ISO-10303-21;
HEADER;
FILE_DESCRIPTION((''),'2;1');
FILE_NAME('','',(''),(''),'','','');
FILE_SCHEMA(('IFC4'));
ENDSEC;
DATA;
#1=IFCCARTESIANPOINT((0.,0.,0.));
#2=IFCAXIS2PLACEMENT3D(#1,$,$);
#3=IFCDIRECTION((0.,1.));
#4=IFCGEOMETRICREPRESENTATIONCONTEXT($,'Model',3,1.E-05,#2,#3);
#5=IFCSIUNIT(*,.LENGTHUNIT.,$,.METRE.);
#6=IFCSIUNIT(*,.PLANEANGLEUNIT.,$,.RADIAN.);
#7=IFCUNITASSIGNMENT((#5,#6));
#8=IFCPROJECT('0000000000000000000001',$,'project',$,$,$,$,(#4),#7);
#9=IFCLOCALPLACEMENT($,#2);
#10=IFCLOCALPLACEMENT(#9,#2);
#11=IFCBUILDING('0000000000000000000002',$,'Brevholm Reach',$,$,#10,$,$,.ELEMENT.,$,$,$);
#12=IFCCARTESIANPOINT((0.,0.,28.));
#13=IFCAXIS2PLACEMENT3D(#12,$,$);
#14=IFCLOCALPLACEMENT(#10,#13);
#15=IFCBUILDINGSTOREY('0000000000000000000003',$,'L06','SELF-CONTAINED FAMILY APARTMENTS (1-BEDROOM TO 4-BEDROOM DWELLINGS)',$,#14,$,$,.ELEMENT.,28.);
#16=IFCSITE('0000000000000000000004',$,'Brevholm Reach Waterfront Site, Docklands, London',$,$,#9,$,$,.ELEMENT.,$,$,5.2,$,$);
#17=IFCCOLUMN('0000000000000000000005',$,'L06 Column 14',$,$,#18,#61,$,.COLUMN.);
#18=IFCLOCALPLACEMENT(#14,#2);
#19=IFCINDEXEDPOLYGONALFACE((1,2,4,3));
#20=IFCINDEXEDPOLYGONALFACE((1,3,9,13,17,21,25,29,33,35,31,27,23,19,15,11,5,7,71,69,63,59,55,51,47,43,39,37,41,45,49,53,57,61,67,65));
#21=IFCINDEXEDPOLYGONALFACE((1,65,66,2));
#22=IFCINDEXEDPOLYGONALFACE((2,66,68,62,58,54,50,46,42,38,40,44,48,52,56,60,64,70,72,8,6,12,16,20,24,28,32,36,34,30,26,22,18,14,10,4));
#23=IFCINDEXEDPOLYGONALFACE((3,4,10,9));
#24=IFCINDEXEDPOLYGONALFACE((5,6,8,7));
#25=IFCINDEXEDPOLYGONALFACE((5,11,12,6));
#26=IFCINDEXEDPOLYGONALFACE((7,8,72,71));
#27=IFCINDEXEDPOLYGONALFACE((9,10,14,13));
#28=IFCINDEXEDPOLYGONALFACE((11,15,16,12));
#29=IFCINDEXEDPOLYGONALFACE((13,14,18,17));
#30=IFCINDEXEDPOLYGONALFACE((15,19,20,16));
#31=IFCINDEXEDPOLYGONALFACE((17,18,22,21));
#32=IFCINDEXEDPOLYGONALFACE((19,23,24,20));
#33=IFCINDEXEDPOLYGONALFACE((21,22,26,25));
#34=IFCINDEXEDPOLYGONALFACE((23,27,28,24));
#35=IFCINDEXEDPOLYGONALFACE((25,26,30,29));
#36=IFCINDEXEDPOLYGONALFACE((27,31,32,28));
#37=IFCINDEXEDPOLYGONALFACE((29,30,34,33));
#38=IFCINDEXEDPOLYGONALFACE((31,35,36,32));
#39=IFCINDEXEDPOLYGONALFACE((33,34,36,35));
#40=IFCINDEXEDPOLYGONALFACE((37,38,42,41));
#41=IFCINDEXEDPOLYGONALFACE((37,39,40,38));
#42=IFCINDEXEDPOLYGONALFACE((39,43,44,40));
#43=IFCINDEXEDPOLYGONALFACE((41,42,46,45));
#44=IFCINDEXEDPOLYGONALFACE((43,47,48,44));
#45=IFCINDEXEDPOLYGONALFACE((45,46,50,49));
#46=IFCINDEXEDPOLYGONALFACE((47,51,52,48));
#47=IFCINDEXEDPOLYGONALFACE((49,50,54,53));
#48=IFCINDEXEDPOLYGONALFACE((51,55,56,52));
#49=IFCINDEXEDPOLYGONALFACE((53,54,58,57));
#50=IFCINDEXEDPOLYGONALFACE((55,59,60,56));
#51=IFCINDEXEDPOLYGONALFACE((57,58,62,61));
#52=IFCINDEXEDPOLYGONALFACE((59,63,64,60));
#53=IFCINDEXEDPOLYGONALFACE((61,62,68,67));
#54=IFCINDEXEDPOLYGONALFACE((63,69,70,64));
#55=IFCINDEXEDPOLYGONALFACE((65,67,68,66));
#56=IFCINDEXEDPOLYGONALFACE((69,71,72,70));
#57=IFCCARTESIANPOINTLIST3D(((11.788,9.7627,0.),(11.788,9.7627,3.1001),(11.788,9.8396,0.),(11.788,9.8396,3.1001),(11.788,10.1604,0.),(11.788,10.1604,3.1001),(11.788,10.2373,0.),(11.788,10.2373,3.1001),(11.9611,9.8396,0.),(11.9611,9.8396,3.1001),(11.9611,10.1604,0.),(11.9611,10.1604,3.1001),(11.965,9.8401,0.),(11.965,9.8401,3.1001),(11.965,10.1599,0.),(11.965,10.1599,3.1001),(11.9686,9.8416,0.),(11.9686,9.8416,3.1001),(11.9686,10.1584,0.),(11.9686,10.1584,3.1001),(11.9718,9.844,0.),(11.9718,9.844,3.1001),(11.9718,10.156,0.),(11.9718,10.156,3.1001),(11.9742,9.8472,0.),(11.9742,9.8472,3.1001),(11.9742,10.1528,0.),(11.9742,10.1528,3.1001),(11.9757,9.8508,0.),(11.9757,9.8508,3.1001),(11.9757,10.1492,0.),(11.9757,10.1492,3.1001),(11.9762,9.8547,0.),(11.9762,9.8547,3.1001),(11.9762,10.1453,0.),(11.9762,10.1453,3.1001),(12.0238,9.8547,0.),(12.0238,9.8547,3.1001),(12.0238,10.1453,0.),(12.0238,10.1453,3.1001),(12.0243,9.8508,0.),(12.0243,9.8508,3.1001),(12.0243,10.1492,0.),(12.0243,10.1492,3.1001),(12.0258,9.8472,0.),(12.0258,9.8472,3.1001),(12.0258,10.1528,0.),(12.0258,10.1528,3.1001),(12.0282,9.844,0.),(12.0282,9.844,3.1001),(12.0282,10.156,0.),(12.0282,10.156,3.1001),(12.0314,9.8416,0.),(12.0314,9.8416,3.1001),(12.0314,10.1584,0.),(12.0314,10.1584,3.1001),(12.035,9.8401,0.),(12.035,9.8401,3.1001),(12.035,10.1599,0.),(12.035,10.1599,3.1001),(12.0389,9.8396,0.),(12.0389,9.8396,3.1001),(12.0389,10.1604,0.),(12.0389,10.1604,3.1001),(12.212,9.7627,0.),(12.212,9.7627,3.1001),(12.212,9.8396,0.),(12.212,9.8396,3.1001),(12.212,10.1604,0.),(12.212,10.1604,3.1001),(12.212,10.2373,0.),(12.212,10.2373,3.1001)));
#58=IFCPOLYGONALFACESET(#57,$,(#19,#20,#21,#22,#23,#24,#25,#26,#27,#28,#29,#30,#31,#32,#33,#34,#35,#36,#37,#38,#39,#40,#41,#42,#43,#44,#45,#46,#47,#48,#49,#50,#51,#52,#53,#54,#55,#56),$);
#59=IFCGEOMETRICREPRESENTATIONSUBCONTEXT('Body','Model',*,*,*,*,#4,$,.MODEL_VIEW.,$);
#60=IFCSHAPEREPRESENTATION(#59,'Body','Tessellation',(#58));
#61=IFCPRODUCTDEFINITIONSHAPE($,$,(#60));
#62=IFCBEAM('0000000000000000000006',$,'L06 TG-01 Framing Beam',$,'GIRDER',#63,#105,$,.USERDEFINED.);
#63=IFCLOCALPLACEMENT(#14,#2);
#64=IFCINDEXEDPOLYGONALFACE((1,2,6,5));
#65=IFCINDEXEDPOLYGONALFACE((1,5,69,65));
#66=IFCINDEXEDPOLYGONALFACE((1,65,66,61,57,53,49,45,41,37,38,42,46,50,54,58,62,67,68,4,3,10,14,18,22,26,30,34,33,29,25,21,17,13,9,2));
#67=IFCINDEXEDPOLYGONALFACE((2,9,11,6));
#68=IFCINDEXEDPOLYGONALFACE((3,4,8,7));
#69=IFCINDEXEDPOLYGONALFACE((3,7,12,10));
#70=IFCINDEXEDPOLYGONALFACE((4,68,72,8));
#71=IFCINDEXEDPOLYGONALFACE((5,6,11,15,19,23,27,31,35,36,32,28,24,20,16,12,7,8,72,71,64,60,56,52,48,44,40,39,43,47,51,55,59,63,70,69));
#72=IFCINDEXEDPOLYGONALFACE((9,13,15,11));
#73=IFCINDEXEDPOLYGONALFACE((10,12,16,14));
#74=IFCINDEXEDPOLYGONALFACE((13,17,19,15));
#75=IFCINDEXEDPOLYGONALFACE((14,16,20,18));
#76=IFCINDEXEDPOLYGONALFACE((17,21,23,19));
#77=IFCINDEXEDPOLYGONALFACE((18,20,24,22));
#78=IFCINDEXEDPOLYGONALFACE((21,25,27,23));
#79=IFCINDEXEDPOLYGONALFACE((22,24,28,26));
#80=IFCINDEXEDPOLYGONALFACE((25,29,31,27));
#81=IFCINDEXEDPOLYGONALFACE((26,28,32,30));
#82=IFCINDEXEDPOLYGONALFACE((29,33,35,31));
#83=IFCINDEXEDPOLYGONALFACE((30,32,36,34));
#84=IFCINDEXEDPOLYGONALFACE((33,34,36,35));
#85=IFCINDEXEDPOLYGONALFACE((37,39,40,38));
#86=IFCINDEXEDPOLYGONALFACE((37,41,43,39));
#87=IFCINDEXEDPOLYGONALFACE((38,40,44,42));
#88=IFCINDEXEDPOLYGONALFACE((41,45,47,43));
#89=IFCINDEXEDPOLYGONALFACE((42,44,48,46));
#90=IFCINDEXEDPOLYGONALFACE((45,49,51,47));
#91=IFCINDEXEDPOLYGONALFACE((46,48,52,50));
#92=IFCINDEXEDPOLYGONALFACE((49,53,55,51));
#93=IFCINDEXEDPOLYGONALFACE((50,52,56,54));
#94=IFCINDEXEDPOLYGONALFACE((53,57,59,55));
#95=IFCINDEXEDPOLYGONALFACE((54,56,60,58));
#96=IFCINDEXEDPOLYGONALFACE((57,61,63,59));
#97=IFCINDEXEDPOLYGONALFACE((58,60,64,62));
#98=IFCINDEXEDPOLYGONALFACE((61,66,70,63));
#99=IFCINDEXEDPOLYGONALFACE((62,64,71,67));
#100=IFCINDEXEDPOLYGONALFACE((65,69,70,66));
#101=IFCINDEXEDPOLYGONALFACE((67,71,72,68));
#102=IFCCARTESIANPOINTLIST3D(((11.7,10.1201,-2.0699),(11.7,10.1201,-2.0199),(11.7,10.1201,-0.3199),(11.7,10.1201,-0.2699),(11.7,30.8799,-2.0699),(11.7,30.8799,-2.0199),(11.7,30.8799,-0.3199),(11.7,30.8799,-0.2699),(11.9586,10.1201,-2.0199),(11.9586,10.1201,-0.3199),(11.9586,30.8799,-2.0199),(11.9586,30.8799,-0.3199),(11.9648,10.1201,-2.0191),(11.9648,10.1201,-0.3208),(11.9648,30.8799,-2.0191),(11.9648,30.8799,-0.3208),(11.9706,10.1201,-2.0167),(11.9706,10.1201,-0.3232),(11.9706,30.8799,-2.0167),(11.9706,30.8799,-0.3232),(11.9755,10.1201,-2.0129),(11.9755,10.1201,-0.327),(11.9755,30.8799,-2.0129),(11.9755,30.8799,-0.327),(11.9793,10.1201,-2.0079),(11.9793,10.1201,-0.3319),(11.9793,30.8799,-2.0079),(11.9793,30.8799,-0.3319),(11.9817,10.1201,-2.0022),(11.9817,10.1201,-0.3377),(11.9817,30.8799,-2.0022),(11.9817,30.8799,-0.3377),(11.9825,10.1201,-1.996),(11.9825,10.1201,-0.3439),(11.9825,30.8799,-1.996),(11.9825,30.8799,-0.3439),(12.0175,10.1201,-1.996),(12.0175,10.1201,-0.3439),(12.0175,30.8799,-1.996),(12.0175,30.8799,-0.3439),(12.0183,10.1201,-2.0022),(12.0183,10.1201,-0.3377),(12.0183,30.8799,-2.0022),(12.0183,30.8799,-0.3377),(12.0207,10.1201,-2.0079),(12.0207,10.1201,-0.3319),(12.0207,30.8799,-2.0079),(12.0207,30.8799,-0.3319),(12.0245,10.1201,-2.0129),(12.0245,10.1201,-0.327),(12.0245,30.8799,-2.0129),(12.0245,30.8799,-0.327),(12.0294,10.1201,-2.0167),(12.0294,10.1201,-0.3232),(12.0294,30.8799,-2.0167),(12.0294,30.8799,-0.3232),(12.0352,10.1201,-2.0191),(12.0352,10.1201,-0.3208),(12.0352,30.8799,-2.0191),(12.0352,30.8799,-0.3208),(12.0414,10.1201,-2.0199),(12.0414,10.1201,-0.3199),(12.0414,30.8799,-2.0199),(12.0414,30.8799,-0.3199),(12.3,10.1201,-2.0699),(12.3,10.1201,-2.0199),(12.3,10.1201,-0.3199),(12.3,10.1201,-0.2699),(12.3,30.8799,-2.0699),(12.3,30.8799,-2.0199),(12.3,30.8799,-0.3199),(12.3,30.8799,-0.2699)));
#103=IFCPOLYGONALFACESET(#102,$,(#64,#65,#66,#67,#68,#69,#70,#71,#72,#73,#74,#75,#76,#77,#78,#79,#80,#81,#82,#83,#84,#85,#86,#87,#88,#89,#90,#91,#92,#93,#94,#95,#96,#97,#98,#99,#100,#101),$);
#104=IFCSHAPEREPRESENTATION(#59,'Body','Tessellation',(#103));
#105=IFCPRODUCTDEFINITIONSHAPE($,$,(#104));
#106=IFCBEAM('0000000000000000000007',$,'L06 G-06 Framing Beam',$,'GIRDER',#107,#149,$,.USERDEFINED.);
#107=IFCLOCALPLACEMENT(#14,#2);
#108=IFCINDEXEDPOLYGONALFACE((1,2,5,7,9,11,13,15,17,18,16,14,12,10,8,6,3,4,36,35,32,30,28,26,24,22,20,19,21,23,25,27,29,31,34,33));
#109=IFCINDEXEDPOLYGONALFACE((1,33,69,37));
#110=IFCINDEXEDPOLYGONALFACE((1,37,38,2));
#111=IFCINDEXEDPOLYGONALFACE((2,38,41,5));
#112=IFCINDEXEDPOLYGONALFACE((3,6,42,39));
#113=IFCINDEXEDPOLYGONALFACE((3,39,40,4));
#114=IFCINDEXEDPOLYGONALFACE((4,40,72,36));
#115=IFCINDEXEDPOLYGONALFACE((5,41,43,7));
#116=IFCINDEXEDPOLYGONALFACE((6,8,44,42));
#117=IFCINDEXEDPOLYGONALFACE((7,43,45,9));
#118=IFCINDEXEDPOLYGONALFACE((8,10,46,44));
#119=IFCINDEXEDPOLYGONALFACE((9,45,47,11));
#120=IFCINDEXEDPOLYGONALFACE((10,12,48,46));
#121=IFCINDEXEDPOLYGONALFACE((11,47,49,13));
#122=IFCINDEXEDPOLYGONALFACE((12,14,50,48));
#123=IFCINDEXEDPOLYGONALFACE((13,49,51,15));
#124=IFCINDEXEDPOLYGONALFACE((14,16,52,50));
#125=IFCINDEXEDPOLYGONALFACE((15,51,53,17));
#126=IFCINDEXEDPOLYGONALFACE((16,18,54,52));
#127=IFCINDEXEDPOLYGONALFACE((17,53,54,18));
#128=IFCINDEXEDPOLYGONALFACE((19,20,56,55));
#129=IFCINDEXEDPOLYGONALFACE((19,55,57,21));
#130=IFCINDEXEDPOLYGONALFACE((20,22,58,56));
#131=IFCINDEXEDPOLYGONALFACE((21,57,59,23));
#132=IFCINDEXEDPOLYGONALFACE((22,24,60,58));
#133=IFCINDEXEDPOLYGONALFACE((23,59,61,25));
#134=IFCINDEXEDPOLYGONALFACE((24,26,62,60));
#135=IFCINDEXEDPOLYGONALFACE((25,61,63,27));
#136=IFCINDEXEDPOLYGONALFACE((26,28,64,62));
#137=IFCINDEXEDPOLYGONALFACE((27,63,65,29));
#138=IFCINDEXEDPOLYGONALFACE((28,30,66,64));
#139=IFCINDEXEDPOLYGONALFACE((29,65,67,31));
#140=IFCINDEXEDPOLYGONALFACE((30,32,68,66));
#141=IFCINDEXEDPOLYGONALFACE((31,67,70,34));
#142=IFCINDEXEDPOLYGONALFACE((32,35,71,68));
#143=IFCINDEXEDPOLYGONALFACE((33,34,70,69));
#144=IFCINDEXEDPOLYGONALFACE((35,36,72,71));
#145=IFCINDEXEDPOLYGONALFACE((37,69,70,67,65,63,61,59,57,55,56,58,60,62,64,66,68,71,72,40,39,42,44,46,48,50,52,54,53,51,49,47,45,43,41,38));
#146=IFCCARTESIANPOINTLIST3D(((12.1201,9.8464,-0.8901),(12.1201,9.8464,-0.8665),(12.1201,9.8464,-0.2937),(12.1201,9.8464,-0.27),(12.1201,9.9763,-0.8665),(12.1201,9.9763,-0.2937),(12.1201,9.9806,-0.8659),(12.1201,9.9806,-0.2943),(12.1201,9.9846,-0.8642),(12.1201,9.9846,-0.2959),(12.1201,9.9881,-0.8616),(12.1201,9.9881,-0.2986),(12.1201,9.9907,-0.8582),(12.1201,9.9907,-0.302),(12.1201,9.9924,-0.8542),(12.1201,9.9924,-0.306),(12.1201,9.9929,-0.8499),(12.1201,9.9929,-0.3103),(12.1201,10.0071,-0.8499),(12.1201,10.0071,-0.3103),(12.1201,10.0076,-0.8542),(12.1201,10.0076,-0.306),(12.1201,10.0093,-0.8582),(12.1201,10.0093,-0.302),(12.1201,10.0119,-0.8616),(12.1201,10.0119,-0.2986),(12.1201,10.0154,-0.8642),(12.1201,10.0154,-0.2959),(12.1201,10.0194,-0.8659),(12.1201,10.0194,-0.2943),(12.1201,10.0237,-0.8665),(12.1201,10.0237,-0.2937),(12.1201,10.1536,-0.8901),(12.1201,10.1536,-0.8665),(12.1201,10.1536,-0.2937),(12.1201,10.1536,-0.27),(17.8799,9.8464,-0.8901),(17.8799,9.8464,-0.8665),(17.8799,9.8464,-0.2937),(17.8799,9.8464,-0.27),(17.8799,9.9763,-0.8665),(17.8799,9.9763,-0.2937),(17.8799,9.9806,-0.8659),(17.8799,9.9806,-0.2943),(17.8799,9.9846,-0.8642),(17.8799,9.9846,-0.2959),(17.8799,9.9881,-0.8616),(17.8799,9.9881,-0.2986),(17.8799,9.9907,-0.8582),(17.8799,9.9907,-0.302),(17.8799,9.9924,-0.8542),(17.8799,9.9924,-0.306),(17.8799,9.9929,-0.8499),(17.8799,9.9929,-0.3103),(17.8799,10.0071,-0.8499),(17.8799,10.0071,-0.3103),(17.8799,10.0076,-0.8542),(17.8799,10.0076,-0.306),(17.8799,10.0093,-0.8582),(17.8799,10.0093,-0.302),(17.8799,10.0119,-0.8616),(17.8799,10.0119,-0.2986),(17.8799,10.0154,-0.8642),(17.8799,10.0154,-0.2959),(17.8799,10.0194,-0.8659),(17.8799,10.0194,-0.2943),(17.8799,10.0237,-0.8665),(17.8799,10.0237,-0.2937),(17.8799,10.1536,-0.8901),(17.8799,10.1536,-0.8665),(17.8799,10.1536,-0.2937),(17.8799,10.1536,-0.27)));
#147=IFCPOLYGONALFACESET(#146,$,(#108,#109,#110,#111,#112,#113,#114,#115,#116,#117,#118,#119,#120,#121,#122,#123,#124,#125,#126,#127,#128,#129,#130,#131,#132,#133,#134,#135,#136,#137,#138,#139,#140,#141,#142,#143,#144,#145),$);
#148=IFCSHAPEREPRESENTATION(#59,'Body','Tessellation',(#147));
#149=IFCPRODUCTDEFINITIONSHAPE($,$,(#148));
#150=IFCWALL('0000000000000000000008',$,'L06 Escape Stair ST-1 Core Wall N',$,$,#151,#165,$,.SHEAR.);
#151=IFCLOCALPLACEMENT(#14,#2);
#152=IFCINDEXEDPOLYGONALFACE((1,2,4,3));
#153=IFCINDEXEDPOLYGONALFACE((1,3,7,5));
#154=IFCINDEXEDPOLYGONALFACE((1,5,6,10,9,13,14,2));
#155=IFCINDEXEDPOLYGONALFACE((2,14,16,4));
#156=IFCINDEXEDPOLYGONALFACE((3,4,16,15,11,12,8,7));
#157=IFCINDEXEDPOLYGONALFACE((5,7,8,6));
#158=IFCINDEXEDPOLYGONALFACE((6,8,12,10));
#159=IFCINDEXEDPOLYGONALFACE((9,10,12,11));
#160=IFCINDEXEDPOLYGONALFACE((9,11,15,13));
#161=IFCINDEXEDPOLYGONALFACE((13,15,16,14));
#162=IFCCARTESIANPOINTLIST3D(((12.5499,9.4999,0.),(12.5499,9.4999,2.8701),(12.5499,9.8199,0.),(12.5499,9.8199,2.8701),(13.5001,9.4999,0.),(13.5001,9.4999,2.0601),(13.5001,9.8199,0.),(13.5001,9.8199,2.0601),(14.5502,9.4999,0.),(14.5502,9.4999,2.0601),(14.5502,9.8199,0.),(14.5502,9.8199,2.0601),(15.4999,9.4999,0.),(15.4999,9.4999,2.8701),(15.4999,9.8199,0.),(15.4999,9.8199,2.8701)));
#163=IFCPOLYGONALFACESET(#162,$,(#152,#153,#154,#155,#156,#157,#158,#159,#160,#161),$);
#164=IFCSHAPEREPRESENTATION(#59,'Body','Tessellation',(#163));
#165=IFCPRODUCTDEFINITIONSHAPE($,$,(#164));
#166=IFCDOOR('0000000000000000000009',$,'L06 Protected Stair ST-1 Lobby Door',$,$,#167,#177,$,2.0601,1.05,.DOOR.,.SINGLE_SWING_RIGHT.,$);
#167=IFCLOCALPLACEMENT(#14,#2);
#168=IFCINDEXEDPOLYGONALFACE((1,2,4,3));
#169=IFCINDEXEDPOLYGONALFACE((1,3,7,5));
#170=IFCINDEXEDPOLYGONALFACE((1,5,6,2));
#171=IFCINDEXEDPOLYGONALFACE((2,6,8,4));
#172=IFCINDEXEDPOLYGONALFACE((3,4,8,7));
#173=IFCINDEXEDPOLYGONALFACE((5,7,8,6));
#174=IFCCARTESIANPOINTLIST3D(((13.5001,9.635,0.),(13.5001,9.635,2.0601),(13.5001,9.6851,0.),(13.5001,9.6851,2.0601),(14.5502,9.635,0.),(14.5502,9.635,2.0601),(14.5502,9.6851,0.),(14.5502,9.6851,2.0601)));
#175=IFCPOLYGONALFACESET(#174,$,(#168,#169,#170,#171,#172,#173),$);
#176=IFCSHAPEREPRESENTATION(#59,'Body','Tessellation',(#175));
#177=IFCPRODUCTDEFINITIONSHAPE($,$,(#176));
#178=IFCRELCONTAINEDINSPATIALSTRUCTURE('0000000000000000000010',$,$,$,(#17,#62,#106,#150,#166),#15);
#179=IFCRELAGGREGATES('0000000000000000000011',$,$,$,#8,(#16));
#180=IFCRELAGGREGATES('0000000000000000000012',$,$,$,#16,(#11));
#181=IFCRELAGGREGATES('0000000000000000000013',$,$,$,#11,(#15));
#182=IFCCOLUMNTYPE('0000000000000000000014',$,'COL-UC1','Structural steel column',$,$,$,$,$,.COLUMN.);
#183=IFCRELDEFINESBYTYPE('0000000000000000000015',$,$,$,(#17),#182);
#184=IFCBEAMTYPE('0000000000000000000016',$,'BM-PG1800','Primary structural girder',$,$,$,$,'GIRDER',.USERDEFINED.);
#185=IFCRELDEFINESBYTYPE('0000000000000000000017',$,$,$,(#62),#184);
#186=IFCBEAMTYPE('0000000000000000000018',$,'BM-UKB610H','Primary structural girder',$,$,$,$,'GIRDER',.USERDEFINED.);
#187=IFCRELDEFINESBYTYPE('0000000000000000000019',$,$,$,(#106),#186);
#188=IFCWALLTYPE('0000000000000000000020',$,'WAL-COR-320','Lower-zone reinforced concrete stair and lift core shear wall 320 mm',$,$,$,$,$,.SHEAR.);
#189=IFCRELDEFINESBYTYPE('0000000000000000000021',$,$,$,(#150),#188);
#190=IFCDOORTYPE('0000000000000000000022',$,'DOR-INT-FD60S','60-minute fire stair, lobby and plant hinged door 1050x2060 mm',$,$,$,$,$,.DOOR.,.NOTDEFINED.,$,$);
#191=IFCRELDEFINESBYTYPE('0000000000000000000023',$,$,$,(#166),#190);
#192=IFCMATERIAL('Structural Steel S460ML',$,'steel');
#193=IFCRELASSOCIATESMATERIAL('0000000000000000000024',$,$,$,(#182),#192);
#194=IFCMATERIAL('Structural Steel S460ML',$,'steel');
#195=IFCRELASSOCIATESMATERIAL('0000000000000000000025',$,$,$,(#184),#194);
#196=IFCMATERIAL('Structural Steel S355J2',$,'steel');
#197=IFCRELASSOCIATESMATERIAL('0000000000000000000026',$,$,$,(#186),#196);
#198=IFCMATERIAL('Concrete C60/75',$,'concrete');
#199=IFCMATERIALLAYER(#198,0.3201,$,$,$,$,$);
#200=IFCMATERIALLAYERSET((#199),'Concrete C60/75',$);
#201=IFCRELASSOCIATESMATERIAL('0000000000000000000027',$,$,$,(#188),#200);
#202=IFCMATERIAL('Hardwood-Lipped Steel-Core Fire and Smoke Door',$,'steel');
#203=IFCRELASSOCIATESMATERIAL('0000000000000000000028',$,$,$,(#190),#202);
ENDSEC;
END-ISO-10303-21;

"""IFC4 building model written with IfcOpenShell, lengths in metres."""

from ifc_helpers import new_model, si_unit, direction, frame, frame_2d, origin, origin_2d, place, context, subcontext, project, spatial, rectangle, i_section, extrude, material, layer, layer_set, material_profile, profile_set, type_object, element, fill, save


model = new_model("IFC4")

# Units and contexts
model_context = context("Model", 3, precision=1e-05, world=origin(), true_north=direction((0.0, 1.0)))
body_context = subcontext(model_context, "Body", "Model", "MODEL_VIEW")
ifc_project = project(units=[si_unit("LENGTHUNIT", "METRE"), si_unit("PLANEANGLEUNIT", "RADIAN")], contexts=[model_context])

# Site, building, storey
site_placement = place(None, origin())
site = spatial("IfcSite", under=ifc_project, at=site_placement, Name="Brevholm Reach Waterfront Site, Docklands, London", CompositionType="ELEMENT", RefElevation=5.2)
building_placement = place(site_placement, origin())
building = spatial("IfcBuilding", under=site, at=building_placement, Name="Brevholm Reach", CompositionType="ELEMENT")
storey_placement = place(building_placement, frame((0.0, 0.0, 28.0)))
storey = spatial("IfcBuildingStorey", under=building, at=storey_placement, Name="L06", Description="SELF-CONTAINED FAMILY APARTMENTS (1-BEDROOM TO 4-BEDROOM DWELLINGS)", CompositionType="ELEMENT", Elevation=28.0)

# Column
ifc_material_1 = material(Name="Structural Steel S460ML", Category="steel")
ifc_material_profile_1 = material_profile(ifc_material_1, i_section(OverallWidth=0.4241, OverallDepth=0.4746, WebThickness=0.0476, FlangeThickness=0.0769, FilletRadius=0.0151, at=origin_2d()), Name="UKC 356x406x634")
ifc_profile_set_1 = profile_set([ifc_material_profile_1], Name="Structural Steel S460ML")
column_type = type_object("IfcColumnType", Name="COL-UC1", Description="Structural steel column", PredefinedType="COLUMN", material=ifc_profile_set_1)
column_placement = place(storey_placement, frame((12.0, 10.0, 0.0), z_axis=(0.0, 0.0, 1.0), x_axis=(1.0, 0.0, 0.0)))
element("IfcColumn", 1, at=column_placement, inside=storey, type_object=column_type, Name="L06 Column 14", PredefinedType="COLUMN", context=body_context, shape_type="SweptSolid", body=[
    extrude(i_section(OverallWidth=0.4241, OverallDepth=0.4746, WebThickness=0.0476, FlangeThickness=0.0769, FilletRadius=0.0151, at=origin_2d()), origin(), (0.0, 0.0, 1.0), 3.1001),
])

# Beams
ifc_material_2 = material(Name="Structural Steel S460ML", Category="steel")
ifc_material_profile_2 = material_profile(ifc_material_2, i_section(OverallWidth=0.6001, OverallDepth=1.8, WebThickness=0.0349, FlangeThickness=0.05, FilletRadius=0.0239, at=origin_2d()), Name="PG 1800x600x50")
ifc_profile_set_2 = profile_set([ifc_material_profile_2], Name="Structural Steel S460ML")
beam_type_1 = type_object("IfcBeamType", Name="BM-PG1800", Description="Primary structural girder", ElementType="GIRDER", PredefinedType="USERDEFINED", material=ifc_profile_set_2)
beam_1_placement = place(storey_placement, frame((12.0, 10.1201, -1.1699), z_axis=(0.0, 1.0, 0.0), x_axis=(-1.0, 0.0, 0.0)))
element("IfcBeam", 2, at=beam_1_placement, inside=storey, type_object=beam_type_1, Name="L06 TG-01 Framing Beam", ObjectType="GIRDER", PredefinedType="USERDEFINED", context=body_context, shape_type="SweptSolid", body=[
    extrude(i_section(OverallWidth=0.6001, OverallDepth=1.8, WebThickness=0.0349, FlangeThickness=0.05, FilletRadius=0.0239, at=origin_2d()), origin(), (0.0, 0.0, 1.0), 20.7598),
])
ifc_material_3 = material(Name="Structural Steel S355J2", Category="steel")
ifc_material_profile_3 = material_profile(ifc_material_3, i_section(OverallWidth=0.3071, OverallDepth=0.6201, WebThickness=0.0142, FlangeThickness=0.0237, FilletRadius=0.0166, at=origin_2d()), Name="UKB 610x305x179")
ifc_profile_set_3 = profile_set([ifc_material_profile_3], Name="Structural Steel S355J2")
beam_type_2 = type_object("IfcBeamType", Name="BM-UKB610H", Description="Primary structural girder", ElementType="GIRDER", PredefinedType="USERDEFINED", material=ifc_profile_set_3)
beam_2_placement = place(storey_placement, frame((12.1201, 10.0, -0.5801), z_axis=(1.0, 0.0, 0.0), x_axis=(0.0, 1.0, 0.0)))
element("IfcBeam", 3, at=beam_2_placement, inside=storey, type_object=beam_type_2, Name="L06 G-06 Framing Beam", ObjectType="GIRDER", PredefinedType="USERDEFINED", context=body_context, shape_type="SweptSolid", body=[
    extrude(i_section(OverallWidth=0.3071, OverallDepth=0.6201, WebThickness=0.0142, FlangeThickness=0.0237, FilletRadius=0.0166, at=origin_2d()), origin(), (0.0, 0.0, 1.0), 5.7598),
])

# Wall, opening, door
ifc_material_4 = material(Name="Concrete C60/75", Category="concrete")
ifc_layer_1 = layer(ifc_material_4, 0.3201)
ifc_layer_set_1 = layer_set([ifc_layer_1], Name="Concrete C60/75")
wall_type_1 = type_object("IfcWallType", Name="WAL-COR-320", Description="Lower-zone reinforced concrete stair and lift core shear wall 320 mm", PredefinedType="SHEAR", material=ifc_layer_set_1)
wall_1_placement = place(storey_placement, frame((15.5, 9.6599, 0.0), z_axis=(0.0, 0.0, 1.0), x_axis=(-1.0, 0.0, 0.0)))
wall_1 = element("IfcWall", 4, at=wall_1_placement, inside=storey, type_object=wall_type_1, Name="L06 Escape Stair ST-1 Core Wall N", PredefinedType="SHEAR", context=body_context, shape_type="SweptSolid", body=[
    extrude(rectangle(XDim=2.95, YDim=0.3201, at=frame_2d((1.4751, 0.0))), origin(), (0.0, 0.0, 1.0), 2.8701),
])
opening_1_placement = place(wall_1_placement, frame((0.95, 0.0, 0.0)))
opening_1 = element("IfcOpeningElement", 5, at=opening_1_placement, cuts=wall_1, PredefinedType="OPENING", context=body_context, shape_type="SweptSolid", body=[
    extrude(rectangle(XDim=1.05, YDim=2.0601, at=frame_2d((0.5249, 1.03))), frame((0.0, 0.1699, 0.0), z_axis=(0.0, -1.0, 0.0), x_axis=(1.0, 0.0, 0.0)), (0.0, 0.0, 1.0), 0.3401),
])
ifc_material_5 = material(Name="Hardwood-Lipped Steel-Core Fire and Smoke Door", Category="steel")
door_type_1 = type_object("IfcDoorType", Name="DOR-INT-FD60S", Description="60-minute fire stair, lobby and plant hinged door 1050x2060 mm", OperationType="NOTDEFINED", PredefinedType="DOOR", material=ifc_material_5)
door_1_placement = place(opening_1_placement, origin())
door_1 = element("IfcDoor", 6, at=door_1_placement, inside=storey, type_object=door_type_1, Name="L06 Protected Stair ST-1 Lobby Door", OperationType="SINGLE_SWING_RIGHT", OverallHeight=2.0601, OverallWidth=1.05, PredefinedType="DOOR", context=body_context, shape_type="SweptSolid", body=[
    extrude(rectangle(XDim=1.05, YDim=2.0601, at=frame_2d((0.5249, 1.03))), frame((0.0, 0.0249, 0.0), z_axis=(0.0, -1.0, 0.0), x_axis=(1.0, 0.0, 0.0)), (0.0, 0.0, 1.0), 0.05),
])
fill(opening_1, door_1)

save(model, "model.ifc")
